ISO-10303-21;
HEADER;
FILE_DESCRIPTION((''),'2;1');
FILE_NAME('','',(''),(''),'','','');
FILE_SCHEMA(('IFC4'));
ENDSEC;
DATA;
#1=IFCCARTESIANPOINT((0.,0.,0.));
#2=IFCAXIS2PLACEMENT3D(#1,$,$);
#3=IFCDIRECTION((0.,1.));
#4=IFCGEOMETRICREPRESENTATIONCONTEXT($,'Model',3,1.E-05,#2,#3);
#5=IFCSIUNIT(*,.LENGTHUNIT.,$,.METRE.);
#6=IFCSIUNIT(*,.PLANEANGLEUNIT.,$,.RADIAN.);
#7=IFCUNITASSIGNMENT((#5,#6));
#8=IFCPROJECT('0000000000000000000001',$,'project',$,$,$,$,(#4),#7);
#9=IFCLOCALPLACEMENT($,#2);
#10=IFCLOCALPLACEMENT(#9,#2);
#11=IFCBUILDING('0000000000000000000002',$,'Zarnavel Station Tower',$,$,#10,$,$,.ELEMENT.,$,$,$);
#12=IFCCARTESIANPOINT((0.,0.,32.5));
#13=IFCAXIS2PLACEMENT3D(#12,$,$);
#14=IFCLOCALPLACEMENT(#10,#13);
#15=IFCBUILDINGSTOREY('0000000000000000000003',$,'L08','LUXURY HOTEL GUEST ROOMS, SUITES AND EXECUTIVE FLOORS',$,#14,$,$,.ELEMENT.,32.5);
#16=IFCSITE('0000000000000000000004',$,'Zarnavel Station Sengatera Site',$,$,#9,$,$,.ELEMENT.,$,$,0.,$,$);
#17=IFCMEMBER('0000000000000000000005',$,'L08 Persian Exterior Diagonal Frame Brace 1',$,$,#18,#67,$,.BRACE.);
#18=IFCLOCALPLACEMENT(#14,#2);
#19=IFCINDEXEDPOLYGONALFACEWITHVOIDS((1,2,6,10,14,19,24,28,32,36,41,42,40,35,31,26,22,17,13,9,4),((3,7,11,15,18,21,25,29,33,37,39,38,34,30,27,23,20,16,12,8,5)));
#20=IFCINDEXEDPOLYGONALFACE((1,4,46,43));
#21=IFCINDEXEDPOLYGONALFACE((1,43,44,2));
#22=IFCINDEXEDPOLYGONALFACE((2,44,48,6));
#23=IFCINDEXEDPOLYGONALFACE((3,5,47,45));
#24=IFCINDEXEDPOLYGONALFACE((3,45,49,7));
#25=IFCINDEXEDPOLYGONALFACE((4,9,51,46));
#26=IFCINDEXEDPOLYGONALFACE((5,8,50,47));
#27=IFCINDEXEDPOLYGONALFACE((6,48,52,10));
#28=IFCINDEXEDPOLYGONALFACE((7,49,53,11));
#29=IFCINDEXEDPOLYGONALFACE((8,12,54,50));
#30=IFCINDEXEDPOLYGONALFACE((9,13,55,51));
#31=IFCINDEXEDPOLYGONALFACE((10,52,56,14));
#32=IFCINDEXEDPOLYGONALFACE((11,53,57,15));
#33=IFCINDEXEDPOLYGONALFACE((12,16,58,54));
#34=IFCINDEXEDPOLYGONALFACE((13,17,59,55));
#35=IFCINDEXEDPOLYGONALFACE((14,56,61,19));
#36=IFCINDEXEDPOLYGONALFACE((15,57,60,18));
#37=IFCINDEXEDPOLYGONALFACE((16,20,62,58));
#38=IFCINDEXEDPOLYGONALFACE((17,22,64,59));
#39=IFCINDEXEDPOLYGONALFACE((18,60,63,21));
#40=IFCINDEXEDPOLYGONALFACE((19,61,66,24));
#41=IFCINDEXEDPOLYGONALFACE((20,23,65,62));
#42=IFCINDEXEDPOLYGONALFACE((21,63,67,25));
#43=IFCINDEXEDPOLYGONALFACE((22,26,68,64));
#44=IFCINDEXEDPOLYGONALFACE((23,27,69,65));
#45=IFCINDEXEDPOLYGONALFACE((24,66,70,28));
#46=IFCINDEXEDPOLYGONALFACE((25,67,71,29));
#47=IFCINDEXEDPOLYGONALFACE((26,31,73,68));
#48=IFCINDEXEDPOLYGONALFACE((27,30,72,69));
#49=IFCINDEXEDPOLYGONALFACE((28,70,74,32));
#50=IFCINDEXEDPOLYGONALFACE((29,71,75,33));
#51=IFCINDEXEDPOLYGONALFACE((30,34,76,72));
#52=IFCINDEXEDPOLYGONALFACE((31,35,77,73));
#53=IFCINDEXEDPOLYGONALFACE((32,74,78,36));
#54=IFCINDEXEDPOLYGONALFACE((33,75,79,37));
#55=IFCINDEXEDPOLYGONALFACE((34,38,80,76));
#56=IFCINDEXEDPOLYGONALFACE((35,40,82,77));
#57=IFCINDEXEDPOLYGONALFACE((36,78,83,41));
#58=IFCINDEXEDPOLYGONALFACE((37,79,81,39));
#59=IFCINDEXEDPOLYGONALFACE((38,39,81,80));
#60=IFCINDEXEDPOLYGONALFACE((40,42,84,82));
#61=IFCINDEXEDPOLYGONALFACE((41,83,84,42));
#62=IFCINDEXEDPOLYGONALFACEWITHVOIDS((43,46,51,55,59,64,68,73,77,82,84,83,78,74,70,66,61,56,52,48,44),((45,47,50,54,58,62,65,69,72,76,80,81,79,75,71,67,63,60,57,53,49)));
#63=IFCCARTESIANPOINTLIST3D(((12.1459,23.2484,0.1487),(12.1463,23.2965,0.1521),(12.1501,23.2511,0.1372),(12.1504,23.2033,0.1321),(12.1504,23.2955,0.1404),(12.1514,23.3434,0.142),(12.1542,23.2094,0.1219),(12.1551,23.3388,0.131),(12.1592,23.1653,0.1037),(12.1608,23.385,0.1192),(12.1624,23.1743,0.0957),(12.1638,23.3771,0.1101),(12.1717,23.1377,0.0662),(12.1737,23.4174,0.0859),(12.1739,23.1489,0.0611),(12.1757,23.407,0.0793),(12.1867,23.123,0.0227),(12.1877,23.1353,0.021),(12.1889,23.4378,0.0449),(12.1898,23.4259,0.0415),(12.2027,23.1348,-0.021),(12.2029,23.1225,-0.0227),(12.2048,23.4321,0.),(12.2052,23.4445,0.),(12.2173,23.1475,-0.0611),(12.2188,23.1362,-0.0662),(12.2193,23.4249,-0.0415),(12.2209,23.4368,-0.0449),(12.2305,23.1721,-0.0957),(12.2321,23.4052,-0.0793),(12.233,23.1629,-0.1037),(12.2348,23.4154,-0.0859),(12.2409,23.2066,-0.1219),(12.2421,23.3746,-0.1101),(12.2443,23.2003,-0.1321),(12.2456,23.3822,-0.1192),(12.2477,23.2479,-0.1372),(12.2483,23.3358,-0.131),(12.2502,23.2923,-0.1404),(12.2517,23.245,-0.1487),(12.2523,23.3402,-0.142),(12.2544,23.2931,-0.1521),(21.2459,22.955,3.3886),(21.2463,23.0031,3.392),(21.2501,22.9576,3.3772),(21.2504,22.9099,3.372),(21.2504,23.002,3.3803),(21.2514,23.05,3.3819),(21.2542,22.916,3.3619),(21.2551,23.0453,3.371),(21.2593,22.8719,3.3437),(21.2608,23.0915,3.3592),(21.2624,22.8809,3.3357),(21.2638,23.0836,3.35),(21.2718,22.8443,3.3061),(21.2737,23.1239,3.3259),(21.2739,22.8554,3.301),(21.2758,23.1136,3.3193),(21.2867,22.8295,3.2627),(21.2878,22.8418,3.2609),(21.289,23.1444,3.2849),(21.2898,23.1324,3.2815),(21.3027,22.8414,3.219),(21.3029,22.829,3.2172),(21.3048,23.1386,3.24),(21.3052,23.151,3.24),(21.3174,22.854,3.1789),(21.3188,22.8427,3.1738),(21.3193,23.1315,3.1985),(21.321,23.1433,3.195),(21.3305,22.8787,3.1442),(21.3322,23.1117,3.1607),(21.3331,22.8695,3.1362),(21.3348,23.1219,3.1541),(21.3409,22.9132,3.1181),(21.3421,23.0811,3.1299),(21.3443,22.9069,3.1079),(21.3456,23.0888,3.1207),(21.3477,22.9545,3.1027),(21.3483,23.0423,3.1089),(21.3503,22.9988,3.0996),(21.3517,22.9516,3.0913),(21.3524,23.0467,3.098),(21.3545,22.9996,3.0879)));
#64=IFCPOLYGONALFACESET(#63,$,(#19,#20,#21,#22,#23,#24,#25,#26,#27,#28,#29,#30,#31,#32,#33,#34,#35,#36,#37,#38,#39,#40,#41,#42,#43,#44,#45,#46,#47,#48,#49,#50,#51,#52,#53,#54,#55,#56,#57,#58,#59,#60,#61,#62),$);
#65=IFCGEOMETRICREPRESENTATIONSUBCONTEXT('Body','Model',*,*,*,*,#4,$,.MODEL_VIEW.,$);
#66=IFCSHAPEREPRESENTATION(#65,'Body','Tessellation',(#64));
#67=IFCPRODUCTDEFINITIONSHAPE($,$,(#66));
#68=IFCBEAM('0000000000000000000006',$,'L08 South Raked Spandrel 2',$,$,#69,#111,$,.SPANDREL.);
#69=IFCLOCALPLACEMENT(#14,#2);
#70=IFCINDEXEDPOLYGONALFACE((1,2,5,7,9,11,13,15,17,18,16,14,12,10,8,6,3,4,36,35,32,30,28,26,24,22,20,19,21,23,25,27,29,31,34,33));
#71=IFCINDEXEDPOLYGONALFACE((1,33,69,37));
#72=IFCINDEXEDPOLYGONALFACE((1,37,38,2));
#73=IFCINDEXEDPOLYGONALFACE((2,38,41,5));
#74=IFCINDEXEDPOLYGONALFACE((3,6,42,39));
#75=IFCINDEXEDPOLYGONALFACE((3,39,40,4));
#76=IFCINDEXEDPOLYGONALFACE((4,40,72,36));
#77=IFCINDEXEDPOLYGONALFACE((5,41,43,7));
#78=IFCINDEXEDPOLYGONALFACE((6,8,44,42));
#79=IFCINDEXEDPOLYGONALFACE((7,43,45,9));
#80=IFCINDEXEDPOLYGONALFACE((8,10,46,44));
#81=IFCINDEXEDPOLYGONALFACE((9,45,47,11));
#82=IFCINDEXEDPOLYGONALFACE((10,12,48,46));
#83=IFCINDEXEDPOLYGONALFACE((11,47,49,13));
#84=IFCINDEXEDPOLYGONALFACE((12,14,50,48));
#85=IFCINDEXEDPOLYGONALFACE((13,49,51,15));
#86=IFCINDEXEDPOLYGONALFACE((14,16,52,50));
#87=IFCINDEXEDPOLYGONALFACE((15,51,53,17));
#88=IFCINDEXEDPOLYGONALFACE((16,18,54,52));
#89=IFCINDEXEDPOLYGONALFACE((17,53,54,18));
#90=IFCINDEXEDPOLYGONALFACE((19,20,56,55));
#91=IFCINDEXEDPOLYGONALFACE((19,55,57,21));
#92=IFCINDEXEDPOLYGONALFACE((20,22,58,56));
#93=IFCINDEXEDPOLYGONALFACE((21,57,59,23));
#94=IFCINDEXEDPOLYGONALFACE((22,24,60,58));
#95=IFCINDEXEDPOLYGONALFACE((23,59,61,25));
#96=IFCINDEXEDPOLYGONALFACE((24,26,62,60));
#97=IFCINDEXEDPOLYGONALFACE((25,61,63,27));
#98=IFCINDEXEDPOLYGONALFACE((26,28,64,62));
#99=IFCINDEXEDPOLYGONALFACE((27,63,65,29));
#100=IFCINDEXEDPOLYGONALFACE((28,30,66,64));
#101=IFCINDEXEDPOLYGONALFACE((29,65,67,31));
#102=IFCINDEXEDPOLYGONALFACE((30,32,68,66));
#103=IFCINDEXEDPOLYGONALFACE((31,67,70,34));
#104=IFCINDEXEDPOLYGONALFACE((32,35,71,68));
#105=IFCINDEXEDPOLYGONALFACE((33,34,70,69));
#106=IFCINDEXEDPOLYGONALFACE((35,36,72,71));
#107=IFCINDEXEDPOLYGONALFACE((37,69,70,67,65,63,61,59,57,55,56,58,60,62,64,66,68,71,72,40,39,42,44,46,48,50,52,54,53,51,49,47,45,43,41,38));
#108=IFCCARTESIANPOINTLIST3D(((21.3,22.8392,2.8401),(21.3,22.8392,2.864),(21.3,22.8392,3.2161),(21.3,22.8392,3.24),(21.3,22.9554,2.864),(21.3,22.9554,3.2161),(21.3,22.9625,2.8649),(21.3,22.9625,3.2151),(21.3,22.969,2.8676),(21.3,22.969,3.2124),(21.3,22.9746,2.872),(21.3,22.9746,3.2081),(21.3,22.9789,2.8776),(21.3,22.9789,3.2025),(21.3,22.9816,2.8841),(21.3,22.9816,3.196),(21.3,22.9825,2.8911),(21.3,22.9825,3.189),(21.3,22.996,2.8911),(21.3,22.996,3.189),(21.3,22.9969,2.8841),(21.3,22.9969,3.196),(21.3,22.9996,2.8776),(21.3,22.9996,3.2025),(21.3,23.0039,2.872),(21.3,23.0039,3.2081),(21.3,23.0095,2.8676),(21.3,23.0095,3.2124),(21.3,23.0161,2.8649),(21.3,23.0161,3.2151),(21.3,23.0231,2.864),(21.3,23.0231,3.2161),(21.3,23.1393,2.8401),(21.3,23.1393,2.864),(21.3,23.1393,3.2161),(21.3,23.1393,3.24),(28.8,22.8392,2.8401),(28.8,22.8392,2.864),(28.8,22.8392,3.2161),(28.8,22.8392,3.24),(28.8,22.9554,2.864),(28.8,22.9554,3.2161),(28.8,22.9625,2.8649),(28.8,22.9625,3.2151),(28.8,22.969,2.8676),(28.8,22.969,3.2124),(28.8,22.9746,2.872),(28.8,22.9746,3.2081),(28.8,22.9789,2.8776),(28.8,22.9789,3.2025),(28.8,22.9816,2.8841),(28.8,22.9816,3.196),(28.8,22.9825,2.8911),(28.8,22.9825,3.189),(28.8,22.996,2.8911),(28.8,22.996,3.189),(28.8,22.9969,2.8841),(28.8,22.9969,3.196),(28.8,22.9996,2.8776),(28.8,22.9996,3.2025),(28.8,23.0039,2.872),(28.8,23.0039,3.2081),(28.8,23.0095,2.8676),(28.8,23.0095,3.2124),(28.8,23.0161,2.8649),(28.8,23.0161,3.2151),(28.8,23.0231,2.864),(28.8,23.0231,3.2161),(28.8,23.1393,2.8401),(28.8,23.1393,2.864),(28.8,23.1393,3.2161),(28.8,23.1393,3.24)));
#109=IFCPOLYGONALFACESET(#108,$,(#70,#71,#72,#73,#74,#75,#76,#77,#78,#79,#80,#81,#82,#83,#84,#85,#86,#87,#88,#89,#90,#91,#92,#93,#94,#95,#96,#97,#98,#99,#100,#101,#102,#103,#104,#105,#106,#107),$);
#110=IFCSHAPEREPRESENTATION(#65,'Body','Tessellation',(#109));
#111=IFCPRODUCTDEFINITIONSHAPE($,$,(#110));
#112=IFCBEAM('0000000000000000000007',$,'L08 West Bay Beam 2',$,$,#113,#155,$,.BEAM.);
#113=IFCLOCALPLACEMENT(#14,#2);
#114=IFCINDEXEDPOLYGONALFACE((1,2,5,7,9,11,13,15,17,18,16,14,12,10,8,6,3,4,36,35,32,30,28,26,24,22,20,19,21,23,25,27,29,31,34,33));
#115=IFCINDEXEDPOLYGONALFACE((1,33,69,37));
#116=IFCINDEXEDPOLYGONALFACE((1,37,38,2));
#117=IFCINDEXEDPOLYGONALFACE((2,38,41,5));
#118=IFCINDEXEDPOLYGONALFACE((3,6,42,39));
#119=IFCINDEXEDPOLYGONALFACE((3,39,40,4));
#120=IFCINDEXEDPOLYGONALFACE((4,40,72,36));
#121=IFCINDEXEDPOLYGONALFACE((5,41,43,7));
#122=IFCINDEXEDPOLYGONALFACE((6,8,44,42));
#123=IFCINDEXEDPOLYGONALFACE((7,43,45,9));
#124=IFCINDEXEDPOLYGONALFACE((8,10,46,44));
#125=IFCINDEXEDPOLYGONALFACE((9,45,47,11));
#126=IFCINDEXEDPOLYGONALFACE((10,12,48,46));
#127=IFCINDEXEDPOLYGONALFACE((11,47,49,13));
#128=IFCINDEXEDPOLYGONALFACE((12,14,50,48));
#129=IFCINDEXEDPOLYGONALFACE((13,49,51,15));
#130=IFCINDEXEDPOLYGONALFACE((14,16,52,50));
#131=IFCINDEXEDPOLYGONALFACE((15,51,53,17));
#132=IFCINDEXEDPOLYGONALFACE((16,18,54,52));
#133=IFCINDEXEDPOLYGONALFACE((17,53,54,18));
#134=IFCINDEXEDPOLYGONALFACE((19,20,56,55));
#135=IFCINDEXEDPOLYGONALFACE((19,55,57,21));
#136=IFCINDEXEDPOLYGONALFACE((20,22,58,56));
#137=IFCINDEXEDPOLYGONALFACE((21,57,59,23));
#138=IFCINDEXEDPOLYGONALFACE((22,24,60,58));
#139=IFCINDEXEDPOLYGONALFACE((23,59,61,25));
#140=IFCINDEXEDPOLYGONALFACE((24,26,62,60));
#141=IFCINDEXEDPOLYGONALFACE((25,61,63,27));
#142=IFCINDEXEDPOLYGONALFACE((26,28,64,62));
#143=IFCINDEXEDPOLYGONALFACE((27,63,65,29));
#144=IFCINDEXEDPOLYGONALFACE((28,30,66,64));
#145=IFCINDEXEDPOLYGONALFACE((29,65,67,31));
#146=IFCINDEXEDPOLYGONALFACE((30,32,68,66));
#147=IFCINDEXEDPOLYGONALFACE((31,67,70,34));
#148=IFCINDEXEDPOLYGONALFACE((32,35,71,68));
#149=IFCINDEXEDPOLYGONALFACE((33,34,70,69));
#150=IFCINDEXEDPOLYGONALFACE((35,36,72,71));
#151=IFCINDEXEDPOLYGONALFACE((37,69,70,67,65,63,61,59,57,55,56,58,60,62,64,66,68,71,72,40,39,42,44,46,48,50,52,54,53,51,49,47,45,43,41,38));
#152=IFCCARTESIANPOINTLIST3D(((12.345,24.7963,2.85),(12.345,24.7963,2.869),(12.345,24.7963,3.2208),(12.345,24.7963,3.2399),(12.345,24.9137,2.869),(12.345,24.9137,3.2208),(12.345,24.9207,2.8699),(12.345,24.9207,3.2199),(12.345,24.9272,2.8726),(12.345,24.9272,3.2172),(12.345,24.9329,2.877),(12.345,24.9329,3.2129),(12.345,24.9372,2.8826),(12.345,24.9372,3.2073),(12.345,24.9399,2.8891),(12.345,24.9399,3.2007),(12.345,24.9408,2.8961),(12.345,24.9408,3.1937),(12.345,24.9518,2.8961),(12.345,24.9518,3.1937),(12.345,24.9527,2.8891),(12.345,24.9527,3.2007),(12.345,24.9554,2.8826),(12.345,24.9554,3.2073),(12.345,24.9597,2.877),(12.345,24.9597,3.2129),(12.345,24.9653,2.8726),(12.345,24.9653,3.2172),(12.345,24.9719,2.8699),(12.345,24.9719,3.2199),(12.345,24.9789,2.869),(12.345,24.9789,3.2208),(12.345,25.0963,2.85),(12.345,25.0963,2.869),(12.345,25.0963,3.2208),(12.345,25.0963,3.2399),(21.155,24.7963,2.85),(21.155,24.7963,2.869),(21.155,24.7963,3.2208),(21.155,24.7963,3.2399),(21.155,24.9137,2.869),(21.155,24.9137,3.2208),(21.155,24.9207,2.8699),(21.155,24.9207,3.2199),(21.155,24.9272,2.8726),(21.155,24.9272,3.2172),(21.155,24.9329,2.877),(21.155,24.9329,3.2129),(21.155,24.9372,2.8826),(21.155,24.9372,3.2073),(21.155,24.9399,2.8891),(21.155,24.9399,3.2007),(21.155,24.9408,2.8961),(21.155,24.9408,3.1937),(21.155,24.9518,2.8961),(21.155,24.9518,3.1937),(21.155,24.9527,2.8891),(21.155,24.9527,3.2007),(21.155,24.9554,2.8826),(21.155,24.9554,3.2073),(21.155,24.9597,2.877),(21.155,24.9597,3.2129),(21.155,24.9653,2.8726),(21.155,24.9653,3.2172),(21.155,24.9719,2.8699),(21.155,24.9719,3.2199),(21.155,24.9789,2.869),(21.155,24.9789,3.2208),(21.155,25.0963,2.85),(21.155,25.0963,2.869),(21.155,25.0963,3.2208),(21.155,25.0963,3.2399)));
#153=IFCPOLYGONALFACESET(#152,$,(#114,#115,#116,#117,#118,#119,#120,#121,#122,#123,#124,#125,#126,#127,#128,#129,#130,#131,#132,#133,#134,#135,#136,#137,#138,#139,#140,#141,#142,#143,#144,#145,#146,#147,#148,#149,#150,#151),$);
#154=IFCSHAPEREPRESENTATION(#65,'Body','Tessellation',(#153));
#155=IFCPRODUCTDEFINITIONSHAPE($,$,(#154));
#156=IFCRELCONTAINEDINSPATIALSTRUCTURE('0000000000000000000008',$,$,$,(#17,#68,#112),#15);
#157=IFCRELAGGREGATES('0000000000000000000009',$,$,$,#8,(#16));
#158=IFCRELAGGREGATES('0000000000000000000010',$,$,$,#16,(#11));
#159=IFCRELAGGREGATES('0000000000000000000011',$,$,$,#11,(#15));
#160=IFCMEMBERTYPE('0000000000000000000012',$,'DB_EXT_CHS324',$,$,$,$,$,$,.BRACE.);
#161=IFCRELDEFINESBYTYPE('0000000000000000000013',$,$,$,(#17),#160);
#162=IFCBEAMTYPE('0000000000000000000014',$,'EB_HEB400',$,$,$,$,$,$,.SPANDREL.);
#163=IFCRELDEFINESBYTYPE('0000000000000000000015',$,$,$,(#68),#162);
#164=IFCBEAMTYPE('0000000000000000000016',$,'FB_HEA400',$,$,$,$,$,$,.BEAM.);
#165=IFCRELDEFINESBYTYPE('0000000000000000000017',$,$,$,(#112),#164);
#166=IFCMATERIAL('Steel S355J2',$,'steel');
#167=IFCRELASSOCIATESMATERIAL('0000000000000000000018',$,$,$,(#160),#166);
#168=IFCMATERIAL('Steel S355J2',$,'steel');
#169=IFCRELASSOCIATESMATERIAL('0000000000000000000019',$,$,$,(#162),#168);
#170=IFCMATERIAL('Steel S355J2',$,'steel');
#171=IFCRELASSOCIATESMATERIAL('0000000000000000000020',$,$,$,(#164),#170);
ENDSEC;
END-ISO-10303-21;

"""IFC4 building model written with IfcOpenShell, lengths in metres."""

from ifc_helpers import new_model, si_unit, direction, frame, origin, origin_2d, place, context, subcontext, project, spatial, hollow_circle, i_section, extrude, material, material_profile, profile_set, type_object, element, save


model = new_model("IFC4")

# Units and contexts
model_context = context("Model", 3, precision=1e-05, world=origin(), true_north=direction((0.0, 1.0)))
body_context = subcontext(model_context, "Body", "Model", "MODEL_VIEW")
ifc_project = project(units=[si_unit("LENGTHUNIT", "METRE"), si_unit("PLANEANGLEUNIT", "RADIAN")], contexts=[model_context])

# Site, building, storey
site_placement = place(None, origin())
site = spatial("IfcSite", under=ifc_project, at=site_placement, Name="Zarnavel Station Sengatera Site", CompositionType="ELEMENT", RefElevation=0.0)
building_placement = place(site_placement, origin())
building = spatial("IfcBuilding", under=site, at=building_placement, Name="Zarnavel Station Tower", CompositionType="ELEMENT")
storey_placement = place(building_placement, frame((0.0, 0.0, 32.5)))
storey = spatial("IfcBuildingStorey", under=building, at=storey_placement, Name="L08", Description="LUXURY HOTEL GUEST ROOMS, SUITES AND EXECUTIVE FLOORS", CompositionType="ELEMENT", Elevation=32.5)

# Member
ifc_material_1 = material(Name="Steel S355J2", Category="steel")
ifc_material_profile_1 = material_profile(ifc_material_1, hollow_circle(Radius=0.1619, WallThickness=0.0125, at=origin_2d()), Name="CHS323.9x12.5")
ifc_profile_set_1 = profile_set([ifc_material_profile_1], Name="Steel S355J2")
member_type_1 = type_object("IfcMemberType", Name="DB_EXT_CHS324", PredefinedType="BRACE", material=ifc_profile_set_1)
member_1_placement = place(storey_placement, frame((12.2, 23.2827, 0.0), z_axis=(0.941636, -0.030366, 0.335259), x_axis=(0.032231, 0.99948, 0.0)))
element("IfcMember", 1, at=member_1_placement, inside=storey, type_object=member_type_1, Name="L08 Persian Exterior Diagonal Frame Brace 1", PredefinedType="BRACE", context=body_context, shape_type="SweptSolid", body=[
    extrude(hollow_circle(Radius=0.1619, WallThickness=0.0125, at=origin_2d()), origin(), (0.0, 0.0, 1.0), 9.6641),
])

# Beams
ifc_material_2 = material(Name="Steel S355J2", Category="steel")
ifc_material_profile_2 = material_profile(ifc_material_2, i_section(OverallWidth=0.3, OverallDepth=0.3999, WebThickness=0.0134, FlangeThickness=0.0239, FilletRadius=0.0271, at=origin_2d()), Name="HEB400")
ifc_profile_set_2 = profile_set([ifc_material_profile_2], Name="Steel S355J2")
beam_type_1 = type_object("IfcBeamType", Name="EB_HEB400", PredefinedType="SPANDREL", material=ifc_profile_set_2)
beam_1_placement = place(storey_placement, frame((21.3, 22.9893, 3.04), z_axis=(1.0, 0.0, 0.0), x_axis=(0.0, 1.0, 0.0)))
element("IfcBeam", 2, at=beam_1_placement, inside=storey, type_object=beam_type_1, Name="L08 South Raked Spandrel 2", PredefinedType="SPANDREL", context=body_context, shape_type="SweptSolid", body=[
    extrude(i_section(OverallWidth=0.3, OverallDepth=0.3999, WebThickness=0.0134, FlangeThickness=0.0239, FilletRadius=0.0271, at=origin_2d()), origin(), (0.0, 0.0, 1.0), 7.5),
])
ifc_material_3 = material(Name="Steel S355J2", Category="steel")
ifc_material_profile_3 = material_profile(ifc_material_3, i_section(OverallWidth=0.3, OverallDepth=0.3899, WebThickness=0.011, FlangeThickness=0.019, FilletRadius=0.0271, at=origin_2d()), Name="HEA400")
ifc_profile_set_3 = profile_set([ifc_material_profile_3], Name="Steel S355J2")
beam_type_2 = type_object("IfcBeamType", Name="FB_HEA400", PredefinedType="BEAM", material=ifc_profile_set_3)
beam_2_placement = place(storey_placement, frame((12.345, 24.9463, 3.0449), z_axis=(1.0, 0.0, 0.0), x_axis=(0.0, 1.0, 0.0)))
element("IfcBeam", 3, at=beam_2_placement, inside=storey, type_object=beam_type_2, Name="L08 West Bay Beam 2", PredefinedType="BEAM", context=body_context, shape_type="SweptSolid", body=[
    extrude(i_section(OverallWidth=0.3, OverallDepth=0.3899, WebThickness=0.011, FlangeThickness=0.019, FilletRadius=0.0271, at=origin_2d()), origin(), (0.0, 0.0, 1.0), 8.8101),
])

save(model, "model.ifc")
